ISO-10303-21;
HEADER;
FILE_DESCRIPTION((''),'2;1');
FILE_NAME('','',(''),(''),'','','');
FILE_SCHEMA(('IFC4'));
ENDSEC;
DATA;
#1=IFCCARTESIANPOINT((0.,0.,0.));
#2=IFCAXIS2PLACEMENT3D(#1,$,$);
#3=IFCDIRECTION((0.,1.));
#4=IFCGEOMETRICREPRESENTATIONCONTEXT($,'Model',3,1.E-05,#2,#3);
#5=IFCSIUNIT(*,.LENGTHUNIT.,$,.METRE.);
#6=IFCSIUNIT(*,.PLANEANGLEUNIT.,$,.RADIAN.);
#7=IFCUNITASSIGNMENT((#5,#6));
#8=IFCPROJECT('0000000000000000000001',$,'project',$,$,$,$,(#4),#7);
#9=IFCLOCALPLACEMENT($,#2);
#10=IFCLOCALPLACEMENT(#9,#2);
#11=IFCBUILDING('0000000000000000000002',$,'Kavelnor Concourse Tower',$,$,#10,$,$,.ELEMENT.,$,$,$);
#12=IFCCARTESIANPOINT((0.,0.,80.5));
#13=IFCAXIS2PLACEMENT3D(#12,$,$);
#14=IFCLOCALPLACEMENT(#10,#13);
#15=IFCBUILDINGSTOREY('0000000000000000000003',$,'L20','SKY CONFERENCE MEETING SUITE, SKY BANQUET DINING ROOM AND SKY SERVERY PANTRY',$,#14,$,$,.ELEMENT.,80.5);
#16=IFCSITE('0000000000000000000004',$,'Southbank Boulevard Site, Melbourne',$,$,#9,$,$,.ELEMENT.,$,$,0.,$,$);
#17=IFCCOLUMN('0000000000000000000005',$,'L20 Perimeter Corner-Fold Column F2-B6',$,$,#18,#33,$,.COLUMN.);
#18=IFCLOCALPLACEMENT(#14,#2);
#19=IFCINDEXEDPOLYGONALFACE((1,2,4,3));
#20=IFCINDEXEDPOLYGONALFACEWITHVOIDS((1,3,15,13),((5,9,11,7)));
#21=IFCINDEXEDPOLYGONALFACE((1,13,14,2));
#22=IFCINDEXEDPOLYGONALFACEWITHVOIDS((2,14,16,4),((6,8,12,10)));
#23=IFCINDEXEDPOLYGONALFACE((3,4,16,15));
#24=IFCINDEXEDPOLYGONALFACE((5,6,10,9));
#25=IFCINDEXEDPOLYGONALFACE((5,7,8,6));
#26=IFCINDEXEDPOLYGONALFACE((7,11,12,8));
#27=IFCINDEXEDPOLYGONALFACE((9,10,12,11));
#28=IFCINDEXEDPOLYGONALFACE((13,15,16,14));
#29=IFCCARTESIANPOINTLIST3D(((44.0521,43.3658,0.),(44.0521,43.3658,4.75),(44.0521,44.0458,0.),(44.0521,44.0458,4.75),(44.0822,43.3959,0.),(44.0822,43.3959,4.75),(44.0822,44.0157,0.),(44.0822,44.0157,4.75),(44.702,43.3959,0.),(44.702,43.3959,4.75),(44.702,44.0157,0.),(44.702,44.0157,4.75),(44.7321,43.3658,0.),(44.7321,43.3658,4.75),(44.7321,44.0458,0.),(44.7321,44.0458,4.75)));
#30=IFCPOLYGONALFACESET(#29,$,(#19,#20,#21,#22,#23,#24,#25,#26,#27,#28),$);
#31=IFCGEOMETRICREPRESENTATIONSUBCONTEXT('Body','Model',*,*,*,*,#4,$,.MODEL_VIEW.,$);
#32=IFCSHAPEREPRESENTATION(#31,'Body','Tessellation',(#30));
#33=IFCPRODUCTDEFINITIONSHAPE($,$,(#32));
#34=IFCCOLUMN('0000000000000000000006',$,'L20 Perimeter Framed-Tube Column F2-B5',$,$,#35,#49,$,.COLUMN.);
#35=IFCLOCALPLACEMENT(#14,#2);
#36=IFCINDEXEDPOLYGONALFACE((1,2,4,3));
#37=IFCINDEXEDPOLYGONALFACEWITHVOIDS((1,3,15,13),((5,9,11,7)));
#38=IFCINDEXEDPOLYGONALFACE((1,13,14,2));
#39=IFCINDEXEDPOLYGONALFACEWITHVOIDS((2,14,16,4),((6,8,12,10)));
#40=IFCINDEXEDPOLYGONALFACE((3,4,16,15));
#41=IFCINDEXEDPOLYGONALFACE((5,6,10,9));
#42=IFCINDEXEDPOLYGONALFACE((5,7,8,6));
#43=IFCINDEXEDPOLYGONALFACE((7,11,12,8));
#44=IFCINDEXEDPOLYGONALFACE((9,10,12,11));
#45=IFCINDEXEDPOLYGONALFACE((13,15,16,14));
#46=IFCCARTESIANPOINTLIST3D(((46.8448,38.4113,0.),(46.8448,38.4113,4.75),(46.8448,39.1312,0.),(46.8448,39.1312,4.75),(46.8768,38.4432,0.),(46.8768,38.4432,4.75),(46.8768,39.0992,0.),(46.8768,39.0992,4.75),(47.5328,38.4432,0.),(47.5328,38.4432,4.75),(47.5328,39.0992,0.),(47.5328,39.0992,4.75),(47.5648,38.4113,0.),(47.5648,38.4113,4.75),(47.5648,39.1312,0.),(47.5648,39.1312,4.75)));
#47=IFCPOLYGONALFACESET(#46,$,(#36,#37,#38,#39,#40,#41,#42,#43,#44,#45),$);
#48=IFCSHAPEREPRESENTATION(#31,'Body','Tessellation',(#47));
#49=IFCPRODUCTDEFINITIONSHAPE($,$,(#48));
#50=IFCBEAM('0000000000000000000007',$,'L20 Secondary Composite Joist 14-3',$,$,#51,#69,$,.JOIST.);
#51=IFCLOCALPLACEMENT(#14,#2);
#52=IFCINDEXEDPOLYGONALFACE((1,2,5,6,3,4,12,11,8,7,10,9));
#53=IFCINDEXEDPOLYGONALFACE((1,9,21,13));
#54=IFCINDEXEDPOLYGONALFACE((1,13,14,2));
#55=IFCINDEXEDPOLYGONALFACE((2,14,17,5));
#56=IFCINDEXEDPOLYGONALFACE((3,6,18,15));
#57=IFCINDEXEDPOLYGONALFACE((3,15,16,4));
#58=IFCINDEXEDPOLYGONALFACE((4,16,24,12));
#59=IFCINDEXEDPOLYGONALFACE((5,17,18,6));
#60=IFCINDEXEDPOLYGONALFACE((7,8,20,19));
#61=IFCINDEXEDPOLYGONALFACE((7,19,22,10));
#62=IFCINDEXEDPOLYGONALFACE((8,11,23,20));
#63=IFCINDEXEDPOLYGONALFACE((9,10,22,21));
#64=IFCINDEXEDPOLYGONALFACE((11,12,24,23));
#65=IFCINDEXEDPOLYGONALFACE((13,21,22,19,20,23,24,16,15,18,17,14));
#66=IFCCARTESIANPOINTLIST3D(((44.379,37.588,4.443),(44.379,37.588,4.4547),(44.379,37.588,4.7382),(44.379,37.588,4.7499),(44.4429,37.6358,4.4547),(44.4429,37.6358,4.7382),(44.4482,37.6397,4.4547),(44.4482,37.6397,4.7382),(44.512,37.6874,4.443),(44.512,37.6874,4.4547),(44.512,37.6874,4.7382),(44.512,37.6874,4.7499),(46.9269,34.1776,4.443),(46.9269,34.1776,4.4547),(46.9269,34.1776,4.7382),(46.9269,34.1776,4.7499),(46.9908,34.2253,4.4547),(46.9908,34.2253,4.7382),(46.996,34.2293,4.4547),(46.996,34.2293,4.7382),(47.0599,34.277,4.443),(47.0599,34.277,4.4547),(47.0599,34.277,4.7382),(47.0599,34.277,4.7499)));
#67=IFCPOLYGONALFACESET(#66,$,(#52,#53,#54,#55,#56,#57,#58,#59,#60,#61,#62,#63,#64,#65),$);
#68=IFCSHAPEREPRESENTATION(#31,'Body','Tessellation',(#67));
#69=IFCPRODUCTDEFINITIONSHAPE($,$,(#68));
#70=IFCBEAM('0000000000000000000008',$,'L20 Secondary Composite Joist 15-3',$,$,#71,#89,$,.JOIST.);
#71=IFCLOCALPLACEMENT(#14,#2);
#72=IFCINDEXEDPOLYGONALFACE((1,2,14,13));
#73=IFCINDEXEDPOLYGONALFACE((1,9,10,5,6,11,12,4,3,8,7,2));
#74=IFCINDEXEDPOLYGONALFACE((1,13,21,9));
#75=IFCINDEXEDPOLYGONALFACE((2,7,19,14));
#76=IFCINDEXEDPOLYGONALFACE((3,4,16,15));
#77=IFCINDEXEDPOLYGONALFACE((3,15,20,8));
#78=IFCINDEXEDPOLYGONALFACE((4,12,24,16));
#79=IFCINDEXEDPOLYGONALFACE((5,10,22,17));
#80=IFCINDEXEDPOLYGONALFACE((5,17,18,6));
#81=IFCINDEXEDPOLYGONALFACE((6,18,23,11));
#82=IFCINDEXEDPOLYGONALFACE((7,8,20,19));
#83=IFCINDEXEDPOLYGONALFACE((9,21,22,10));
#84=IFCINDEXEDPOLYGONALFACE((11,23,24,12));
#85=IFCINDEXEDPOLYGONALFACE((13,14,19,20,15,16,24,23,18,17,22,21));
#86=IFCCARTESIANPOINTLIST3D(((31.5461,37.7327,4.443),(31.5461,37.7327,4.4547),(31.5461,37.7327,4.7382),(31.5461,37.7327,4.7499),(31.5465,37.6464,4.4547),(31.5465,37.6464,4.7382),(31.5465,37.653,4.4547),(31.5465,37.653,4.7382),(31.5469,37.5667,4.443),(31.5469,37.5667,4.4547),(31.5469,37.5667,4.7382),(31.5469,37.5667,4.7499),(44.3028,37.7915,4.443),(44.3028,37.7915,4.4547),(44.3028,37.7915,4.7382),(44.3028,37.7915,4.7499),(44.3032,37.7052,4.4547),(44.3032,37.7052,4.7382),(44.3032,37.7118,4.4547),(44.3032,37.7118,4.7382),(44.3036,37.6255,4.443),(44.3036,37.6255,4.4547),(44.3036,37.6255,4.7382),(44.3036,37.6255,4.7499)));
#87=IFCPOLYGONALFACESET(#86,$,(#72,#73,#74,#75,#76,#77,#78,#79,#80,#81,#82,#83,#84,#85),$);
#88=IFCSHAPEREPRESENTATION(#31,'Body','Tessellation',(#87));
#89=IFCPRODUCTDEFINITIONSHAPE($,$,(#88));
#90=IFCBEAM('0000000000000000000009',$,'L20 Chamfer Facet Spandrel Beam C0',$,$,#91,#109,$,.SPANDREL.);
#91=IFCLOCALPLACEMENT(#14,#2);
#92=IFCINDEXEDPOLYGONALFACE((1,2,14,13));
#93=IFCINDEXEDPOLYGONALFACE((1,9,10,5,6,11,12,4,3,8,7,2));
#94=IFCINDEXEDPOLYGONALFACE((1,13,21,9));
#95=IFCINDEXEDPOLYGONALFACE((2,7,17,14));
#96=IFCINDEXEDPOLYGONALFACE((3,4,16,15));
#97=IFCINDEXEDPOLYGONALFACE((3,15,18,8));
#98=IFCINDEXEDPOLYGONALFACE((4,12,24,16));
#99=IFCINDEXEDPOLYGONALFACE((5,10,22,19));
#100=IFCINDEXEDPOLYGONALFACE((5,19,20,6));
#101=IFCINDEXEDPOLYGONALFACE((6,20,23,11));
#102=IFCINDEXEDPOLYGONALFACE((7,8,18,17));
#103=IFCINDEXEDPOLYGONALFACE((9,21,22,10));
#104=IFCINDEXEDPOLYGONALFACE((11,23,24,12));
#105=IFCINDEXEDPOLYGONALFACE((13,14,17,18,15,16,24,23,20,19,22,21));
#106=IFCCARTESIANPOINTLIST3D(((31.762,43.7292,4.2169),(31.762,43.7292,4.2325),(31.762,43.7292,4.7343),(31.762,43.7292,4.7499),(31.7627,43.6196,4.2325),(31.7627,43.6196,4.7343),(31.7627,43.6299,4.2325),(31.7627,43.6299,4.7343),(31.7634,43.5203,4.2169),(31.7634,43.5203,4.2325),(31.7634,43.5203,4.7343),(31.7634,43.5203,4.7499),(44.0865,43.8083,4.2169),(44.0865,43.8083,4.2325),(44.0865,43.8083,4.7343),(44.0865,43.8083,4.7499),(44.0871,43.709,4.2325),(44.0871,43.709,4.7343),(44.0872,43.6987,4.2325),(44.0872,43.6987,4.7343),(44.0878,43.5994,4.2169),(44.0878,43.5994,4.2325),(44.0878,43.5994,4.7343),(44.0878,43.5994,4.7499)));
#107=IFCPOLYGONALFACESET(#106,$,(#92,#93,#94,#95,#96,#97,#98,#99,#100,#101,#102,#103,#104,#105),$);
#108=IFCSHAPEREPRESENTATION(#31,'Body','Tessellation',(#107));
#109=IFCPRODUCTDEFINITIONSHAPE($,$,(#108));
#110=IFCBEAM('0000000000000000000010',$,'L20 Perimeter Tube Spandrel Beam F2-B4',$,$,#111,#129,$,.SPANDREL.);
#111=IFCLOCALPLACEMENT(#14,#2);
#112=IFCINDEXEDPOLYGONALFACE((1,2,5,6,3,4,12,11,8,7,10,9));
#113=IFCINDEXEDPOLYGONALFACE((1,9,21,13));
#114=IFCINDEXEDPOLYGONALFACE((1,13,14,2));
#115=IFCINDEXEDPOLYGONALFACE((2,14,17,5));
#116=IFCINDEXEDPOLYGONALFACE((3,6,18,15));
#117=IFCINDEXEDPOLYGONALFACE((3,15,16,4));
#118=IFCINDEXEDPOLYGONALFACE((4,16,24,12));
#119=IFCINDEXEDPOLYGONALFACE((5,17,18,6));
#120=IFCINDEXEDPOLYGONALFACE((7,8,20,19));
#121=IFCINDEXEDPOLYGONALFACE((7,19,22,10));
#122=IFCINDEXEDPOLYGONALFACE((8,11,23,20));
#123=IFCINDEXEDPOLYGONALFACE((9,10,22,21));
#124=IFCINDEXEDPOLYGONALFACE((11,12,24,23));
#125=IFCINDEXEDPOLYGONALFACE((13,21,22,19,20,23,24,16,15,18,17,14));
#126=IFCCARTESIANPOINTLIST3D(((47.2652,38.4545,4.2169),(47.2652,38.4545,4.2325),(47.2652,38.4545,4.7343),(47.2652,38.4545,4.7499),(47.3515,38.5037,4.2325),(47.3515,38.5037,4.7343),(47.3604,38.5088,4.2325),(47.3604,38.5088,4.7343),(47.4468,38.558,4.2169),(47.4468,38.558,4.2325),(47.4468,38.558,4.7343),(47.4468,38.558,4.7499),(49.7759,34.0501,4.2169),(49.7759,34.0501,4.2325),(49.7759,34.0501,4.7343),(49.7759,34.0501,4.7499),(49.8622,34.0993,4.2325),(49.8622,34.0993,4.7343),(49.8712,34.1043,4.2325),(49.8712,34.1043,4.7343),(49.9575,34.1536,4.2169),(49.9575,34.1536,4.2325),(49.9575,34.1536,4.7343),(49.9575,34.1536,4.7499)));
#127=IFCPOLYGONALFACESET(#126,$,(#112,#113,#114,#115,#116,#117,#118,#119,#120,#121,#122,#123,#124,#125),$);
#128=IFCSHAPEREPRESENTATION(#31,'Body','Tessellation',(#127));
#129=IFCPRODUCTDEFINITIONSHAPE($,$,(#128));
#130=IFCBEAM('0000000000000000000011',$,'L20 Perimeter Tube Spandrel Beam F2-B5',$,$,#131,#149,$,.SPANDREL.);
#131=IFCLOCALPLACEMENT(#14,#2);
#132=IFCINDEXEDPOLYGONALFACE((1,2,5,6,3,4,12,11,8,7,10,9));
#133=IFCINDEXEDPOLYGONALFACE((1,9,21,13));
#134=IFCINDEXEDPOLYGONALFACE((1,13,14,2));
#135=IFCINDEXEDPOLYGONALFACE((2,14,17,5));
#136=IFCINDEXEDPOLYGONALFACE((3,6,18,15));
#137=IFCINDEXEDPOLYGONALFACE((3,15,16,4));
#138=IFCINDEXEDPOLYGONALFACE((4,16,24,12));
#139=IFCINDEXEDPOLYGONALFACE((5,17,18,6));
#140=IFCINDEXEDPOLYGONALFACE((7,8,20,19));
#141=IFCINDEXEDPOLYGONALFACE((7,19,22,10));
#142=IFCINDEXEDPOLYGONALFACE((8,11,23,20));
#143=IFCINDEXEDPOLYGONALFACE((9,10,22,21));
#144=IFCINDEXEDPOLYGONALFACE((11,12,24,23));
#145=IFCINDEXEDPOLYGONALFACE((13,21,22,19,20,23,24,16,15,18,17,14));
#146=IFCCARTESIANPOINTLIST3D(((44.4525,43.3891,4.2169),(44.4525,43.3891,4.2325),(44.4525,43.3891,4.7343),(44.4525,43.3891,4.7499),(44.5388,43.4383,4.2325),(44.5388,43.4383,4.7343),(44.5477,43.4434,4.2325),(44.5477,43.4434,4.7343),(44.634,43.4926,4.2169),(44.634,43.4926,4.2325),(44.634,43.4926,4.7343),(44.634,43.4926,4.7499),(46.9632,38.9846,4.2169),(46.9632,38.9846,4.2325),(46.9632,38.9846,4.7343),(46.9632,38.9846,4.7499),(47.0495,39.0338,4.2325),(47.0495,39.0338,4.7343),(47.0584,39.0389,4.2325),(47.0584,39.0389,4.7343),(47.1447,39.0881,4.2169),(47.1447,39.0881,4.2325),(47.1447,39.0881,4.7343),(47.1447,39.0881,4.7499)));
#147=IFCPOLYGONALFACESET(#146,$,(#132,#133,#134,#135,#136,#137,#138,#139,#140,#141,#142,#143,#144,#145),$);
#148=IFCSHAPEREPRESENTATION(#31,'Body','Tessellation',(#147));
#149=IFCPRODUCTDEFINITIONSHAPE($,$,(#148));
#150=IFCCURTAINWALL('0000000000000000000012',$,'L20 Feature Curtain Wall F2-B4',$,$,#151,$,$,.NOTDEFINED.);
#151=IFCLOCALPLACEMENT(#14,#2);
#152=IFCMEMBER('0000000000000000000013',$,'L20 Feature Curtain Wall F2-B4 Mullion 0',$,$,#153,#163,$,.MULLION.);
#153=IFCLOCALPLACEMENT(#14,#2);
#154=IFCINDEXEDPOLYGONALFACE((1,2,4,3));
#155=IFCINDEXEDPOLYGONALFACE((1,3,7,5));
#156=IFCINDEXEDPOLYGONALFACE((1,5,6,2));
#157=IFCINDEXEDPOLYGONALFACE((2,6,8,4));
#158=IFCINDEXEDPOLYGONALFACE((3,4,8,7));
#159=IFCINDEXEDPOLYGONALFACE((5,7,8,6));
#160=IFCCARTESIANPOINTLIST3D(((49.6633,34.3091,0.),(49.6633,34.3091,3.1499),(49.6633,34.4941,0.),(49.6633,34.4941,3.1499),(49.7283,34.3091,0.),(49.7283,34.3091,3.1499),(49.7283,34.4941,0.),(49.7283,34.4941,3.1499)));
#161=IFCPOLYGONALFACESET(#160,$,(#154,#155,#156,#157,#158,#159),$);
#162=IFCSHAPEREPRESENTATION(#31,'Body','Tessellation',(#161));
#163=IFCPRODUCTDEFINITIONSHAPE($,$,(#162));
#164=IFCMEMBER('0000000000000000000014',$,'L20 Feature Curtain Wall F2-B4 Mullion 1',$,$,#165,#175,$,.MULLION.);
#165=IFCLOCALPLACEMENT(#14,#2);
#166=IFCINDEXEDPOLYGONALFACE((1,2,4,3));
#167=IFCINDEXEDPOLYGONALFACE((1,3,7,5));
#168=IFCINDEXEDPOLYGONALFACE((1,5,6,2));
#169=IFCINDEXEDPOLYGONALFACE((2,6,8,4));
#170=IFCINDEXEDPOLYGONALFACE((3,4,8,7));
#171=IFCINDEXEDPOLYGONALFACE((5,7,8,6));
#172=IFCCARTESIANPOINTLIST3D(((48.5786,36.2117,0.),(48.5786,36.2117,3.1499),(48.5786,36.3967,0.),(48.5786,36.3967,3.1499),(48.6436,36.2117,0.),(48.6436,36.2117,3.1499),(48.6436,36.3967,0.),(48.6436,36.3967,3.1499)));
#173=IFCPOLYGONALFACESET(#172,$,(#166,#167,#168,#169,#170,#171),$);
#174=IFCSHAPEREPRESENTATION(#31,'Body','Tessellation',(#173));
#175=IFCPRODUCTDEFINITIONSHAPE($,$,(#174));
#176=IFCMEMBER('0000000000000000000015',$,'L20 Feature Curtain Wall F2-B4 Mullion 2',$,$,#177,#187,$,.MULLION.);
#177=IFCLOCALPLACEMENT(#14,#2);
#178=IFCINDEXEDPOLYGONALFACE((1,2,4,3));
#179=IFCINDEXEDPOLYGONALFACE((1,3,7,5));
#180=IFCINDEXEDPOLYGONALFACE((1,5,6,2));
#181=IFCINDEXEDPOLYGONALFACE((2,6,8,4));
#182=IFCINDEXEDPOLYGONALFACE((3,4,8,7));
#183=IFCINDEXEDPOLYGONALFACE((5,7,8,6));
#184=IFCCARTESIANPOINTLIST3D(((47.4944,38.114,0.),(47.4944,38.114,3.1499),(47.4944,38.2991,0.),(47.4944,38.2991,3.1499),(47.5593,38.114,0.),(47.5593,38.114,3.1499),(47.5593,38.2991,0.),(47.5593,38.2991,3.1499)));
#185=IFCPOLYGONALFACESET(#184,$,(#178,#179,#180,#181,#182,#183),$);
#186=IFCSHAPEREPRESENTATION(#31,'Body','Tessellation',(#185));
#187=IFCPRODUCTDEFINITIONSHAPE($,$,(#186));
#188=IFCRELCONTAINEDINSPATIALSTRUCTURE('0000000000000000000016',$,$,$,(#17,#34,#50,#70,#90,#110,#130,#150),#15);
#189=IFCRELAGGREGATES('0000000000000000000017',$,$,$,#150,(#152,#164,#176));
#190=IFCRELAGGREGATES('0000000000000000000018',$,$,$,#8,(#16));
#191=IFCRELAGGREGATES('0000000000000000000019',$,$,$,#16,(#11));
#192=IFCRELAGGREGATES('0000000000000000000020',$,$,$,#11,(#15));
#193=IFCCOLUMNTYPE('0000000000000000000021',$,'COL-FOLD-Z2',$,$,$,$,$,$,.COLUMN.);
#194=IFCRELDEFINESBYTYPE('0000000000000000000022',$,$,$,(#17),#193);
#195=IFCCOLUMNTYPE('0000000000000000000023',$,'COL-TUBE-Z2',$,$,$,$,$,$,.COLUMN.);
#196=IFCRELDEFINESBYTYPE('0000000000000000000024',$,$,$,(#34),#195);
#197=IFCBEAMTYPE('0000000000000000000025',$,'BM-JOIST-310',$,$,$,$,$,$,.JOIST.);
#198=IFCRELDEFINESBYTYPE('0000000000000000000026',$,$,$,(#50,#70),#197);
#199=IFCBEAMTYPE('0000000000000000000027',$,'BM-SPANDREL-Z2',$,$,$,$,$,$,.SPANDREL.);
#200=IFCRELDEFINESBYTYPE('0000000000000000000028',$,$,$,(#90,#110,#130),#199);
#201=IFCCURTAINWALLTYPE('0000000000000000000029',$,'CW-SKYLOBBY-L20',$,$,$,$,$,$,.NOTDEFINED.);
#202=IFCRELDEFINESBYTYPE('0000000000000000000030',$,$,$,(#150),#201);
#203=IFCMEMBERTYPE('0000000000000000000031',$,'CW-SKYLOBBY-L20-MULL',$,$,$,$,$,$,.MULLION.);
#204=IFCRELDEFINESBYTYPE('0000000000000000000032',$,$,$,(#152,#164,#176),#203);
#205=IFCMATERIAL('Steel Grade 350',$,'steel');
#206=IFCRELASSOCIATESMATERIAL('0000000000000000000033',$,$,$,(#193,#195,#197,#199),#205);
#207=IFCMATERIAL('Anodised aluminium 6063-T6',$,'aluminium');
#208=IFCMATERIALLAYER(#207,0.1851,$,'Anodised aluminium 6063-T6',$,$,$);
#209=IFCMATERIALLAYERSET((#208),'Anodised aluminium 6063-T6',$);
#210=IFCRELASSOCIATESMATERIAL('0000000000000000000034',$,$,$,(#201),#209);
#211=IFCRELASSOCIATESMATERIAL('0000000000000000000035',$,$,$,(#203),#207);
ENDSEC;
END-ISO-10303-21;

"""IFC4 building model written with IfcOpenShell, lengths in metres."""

from ifc_helpers import new_model, si_unit, direction, frame, origin, origin_2d, place, context, subcontext, project, spatial, rectangle, hollow_rectangle, i_section, extrude, material, layer, layer_set, material_profile, profile_set, type_object, element, aggregate, save


model = new_model("IFC4")

# Units and contexts
model_context = context("Model", 3, precision=1e-05, world=origin(), true_north=direction((0.0, 1.0)))
body_context = subcontext(model_context, "Body", "Model", "MODEL_VIEW")
ifc_project = project(units=[si_unit("LENGTHUNIT", "METRE"), si_unit("PLANEANGLEUNIT", "RADIAN")], contexts=[model_context])

# Site, building, storey
site_placement = place(None, origin())
site = spatial("IfcSite", under=ifc_project, at=site_placement, Name="Southbank Boulevard Site, Melbourne", CompositionType="ELEMENT", RefElevation=0.0)
building_placement = place(site_placement, origin())
building = spatial("IfcBuilding", under=site, at=building_placement, Name="Kavelnor Concourse Tower", CompositionType="ELEMENT")
storey_placement = place(building_placement, frame((0.0, 0.0, 80.5)))
storey = spatial("IfcBuildingStorey", under=building, at=storey_placement, Name="L20", Description="SKY CONFERENCE MEETING SUITE, SKY BANQUET DINING ROOM AND SKY SERVERY PANTRY", CompositionType="ELEMENT", Elevation=80.5)

# Columns
ifc_material_1 = material(Name="Steel Grade 350", Category="steel")
ifc_material_profile_1 = material_profile(ifc_material_1, hollow_rectangle(XDim=0.6799, YDim=0.6799, WallThickness=0.03, at=origin_2d()), Name="SHS 680x680x30")
ifc_profile_set_1 = profile_set([ifc_material_profile_1], Name="Steel Grade 350")
column_type_1 = type_object("IfcColumnType", Name="COL-FOLD-Z2", PredefinedType="COLUMN", material=ifc_profile_set_1)
column_1_placement = place(storey_placement, frame((44.3921, 43.7058, 0.0), z_axis=(0.0, 0.0, 1.0), x_axis=(1.0, 0.0, 0.0)))
element("IfcColumn", 1, at=column_1_placement, inside=storey, type_object=column_type_1, Name="L20 Perimeter Corner-Fold Column F2-B6", PredefinedType="COLUMN", context=body_context, shape_type="SweptSolid", body=[
    extrude(hollow_rectangle(XDim=0.6799, YDim=0.6799, WallThickness=0.03, at=origin_2d()), origin(), (0.0, 0.0, 1.0), 4.75),
])
ifc_material_profile_2 = material_profile(ifc_material_1, hollow_rectangle(XDim=0.72, YDim=0.72, WallThickness=0.032, at=origin_2d()), Name="SHS 720x720x32")
ifc_profile_set_2 = profile_set([ifc_material_profile_2], Name="Steel Grade 350")
column_type_2 = type_object("IfcColumnType", Name="COL-TUBE-Z2", PredefinedType="COLUMN", material=ifc_profile_set_2)
column_2_placement = place(storey_placement, frame((47.2048, 38.7712, 0.0), z_axis=(0.0, 0.0, 1.0), x_axis=(1.0, 0.0, 0.0)))
element("IfcColumn", 2, at=column_2_placement, inside=storey, type_object=column_type_2, Name="L20 Perimeter Framed-Tube Column F2-B5", PredefinedType="COLUMN", context=body_context, shape_type="SweptSolid", body=[
    extrude(hollow_rectangle(XDim=0.72, YDim=0.72, WallThickness=0.032, at=origin_2d()), origin(), (0.0, 0.0, 1.0), 4.75),
])

# Beams
ifc_material_profile_3 = material_profile(ifc_material_1, i_section(OverallWidth=0.166, OverallDepth=0.3069, WebThickness=0.0066, FlangeThickness=0.0117, at=origin_2d()), Name="310UB46")
ifc_profile_set_3 = profile_set([ifc_material_profile_3], Name="Steel Grade 350")
beam_type_1 = type_object("IfcBeamType", Name="BM-JOIST-310", PredefinedType="JOIST", material=ifc_profile_set_3)
beam_1_placement = place(storey_placement, frame((46.9934, 34.2273, 4.5964), z_axis=(-0.598503, 0.80112, 0.0), x_axis=(-0.80112, -0.598503, 0.0)))
element("IfcBeam", 3, at=beam_1_placement, inside=storey, type_object=beam_type_1, Name="L20 Secondary Composite Joist 14-3", PredefinedType="JOIST", context=body_context, shape_type="SweptSolid", body=[
    extrude(i_section(OverallWidth=0.166, OverallDepth=0.3069, WebThickness=0.0066, FlangeThickness=0.0117, at=origin_2d()), origin(), (0.0, 0.0, 1.0), 4.2571),
])
beam_2_placement = place(storey_placement, frame((44.3032, 37.7085, 4.5964), z_axis=(-0.999989, -0.004612, 0.0), x_axis=(0.004612, -0.999989, 0.0)))
element("IfcBeam", 4, at=beam_2_placement, inside=storey, type_object=beam_type_1, Name="L20 Secondary Composite Joist 15-3", PredefinedType="JOIST", context=body_context, shape_type="SweptSolid", body=[
    extrude(i_section(OverallWidth=0.166, OverallDepth=0.3069, WebThickness=0.0066, FlangeThickness=0.0117, at=origin_2d()), origin(), (0.0, 0.0, 1.0), 12.7568),
])
ifc_material_profile_4 = material_profile(ifc_material_1, i_section(OverallWidth=0.209, OverallDepth=0.533, WebThickness=0.0103, FlangeThickness=0.0156, at=origin_2d()), Name="530UB92")
ifc_profile_set_4 = profile_set([ifc_material_profile_4], Name="Steel Grade 350")
beam_type_2 = type_object("IfcBeamType", Name="BM-SPANDREL-Z2", PredefinedType="SPANDREL", material=ifc_profile_set_4)
beam_3_placement = place(storey_placement, frame((44.0872, 43.7039, 4.4834), z_axis=(-0.999979, -0.006418, 0.0), x_axis=(0.006418, -0.999979, 0.0)))
element("IfcBeam", 5, at=beam_3_placement, inside=storey, type_object=beam_type_2, Name="L20 Chamfer Facet Spandrel Beam C0", PredefinedType="SPANDREL", context=body_context, shape_type="SweptSolid", body=[
    extrude(i_section(OverallWidth=0.209, OverallDepth=0.533, WebThickness=0.0103, FlangeThickness=0.0156, at=origin_2d()), origin(), (0.0, 0.0, 1.0), 12.3247),
])
for number, where, z_axis, x_axis, name in (
    (6, (49.8667, 34.1018, 4.4834), (-0.495226, 0.868764, 0.0), (-0.868764, -0.495226, 0.0), "L20 Perimeter Tube Spandrel Beam F2-B4"),
    (7, (47.054, 39.0364, 4.4834), (-0.495226, 0.868764, 0.0), (-0.868764, -0.495226, 0.0), "L20 Perimeter Tube Spandrel Beam F2-B5"),
):
    element("IfcBeam", number, at=place(storey_placement, frame(where, z_axis=z_axis, x_axis=x_axis)), inside=storey, type_object=beam_type_2, Name=name, PredefinedType="SPANDREL", context=body_context, shape_type="SweptSolid", body=[
        extrude(i_section(OverallWidth=0.209, OverallDepth=0.533, WebThickness=0.0103, FlangeThickness=0.0156, at=origin_2d()), origin(), (0.0, 0.0, 1.0), 5.0698),
    ])

# Curtain wall, members
ifc_material_2 = material(Name="Anodised aluminium 6063-T6", Category="aluminium")
ifc_layer_1 = layer(ifc_material_2, 0.1851, Name="Anodised aluminium 6063-T6")
ifc_layer_set_1 = layer_set([ifc_layer_1], Name="Anodised aluminium 6063-T6")
curtain_wall_type = type_object("IfcCurtainWallType", Name="CW-SKYLOBBY-L20", PredefinedType="NOTDEFINED", material=ifc_layer_set_1)
curtain_wall_placement = place(storey_placement, origin())
curtain_wall = element("IfcCurtainWall", 8, at=curtain_wall_placement, inside=storey, type_object=curtain_wall_type, Name="L20 Feature Curtain Wall F2-B4", PredefinedType="NOTDEFINED")
ifc_material_profile_5 = material_profile(ifc_material_2, rectangle(XDim=0.0649, YDim=0.1851, at=origin_2d()), Name="AL-MULL 65x185")
ifc_profile_set_5 = profile_set([ifc_material_profile_5], Name="Anodised aluminium 6063-T6")
member_type_1 = type_object("IfcMemberType", Name="CW-SKYLOBBY-L20-MULL", PredefinedType="MULLION", material=ifc_profile_set_5)
member_1_placement = place(storey_placement, frame((49.6958, 34.4016, 0.0), z_axis=(0.0, 0.0, 1.0), x_axis=(1.0, 0.0, 0.0)))
member_1 = element("IfcMember", 9, at=member_1_placement, type_object=member_type_1, Name="L20 Feature Curtain Wall F2-B4 Mullion 0", PredefinedType="MULLION", context=body_context, shape_type="SweptSolid", body=[
    extrude(rectangle(XDim=0.0649, YDim=0.1851, at=origin_2d()), origin(), (0.0, 0.0, 1.0), 3.1499),
])
member_2_placement = place(storey_placement, frame((48.6111, 36.3042, 0.0), z_axis=(0.0, 0.0, 1.0), x_axis=(1.0, 0.0, 0.0)))
member_2 = element("IfcMember", 10, at=member_2_placement, type_object=member_type_1, Name="L20 Feature Curtain Wall F2-B4 Mullion 1", PredefinedType="MULLION", context=body_context, shape_type="SweptSolid", body=[
    extrude(rectangle(XDim=0.0649, YDim=0.1851, at=origin_2d()), origin(), (0.0, 0.0, 1.0), 3.1499),
])
member_3_placement = place(storey_placement, frame((47.5269, 38.2065, 0.0), z_axis=(0.0, 0.0, 1.0), x_axis=(1.0, 0.0, 0.0)))
member_3 = element("IfcMember", 11, at=member_3_placement, type_object=member_type_1, Name="L20 Feature Curtain Wall F2-B4 Mullion 2", PredefinedType="MULLION", context=body_context, shape_type="SweptSolid", body=[
    extrude(rectangle(XDim=0.0649, YDim=0.1851, at=origin_2d()), origin(), (0.0, 0.0, 1.0), 3.1499),
])
aggregate(curtain_wall, [member_1, member_2, member_3])

save(model, "model.ifc")
